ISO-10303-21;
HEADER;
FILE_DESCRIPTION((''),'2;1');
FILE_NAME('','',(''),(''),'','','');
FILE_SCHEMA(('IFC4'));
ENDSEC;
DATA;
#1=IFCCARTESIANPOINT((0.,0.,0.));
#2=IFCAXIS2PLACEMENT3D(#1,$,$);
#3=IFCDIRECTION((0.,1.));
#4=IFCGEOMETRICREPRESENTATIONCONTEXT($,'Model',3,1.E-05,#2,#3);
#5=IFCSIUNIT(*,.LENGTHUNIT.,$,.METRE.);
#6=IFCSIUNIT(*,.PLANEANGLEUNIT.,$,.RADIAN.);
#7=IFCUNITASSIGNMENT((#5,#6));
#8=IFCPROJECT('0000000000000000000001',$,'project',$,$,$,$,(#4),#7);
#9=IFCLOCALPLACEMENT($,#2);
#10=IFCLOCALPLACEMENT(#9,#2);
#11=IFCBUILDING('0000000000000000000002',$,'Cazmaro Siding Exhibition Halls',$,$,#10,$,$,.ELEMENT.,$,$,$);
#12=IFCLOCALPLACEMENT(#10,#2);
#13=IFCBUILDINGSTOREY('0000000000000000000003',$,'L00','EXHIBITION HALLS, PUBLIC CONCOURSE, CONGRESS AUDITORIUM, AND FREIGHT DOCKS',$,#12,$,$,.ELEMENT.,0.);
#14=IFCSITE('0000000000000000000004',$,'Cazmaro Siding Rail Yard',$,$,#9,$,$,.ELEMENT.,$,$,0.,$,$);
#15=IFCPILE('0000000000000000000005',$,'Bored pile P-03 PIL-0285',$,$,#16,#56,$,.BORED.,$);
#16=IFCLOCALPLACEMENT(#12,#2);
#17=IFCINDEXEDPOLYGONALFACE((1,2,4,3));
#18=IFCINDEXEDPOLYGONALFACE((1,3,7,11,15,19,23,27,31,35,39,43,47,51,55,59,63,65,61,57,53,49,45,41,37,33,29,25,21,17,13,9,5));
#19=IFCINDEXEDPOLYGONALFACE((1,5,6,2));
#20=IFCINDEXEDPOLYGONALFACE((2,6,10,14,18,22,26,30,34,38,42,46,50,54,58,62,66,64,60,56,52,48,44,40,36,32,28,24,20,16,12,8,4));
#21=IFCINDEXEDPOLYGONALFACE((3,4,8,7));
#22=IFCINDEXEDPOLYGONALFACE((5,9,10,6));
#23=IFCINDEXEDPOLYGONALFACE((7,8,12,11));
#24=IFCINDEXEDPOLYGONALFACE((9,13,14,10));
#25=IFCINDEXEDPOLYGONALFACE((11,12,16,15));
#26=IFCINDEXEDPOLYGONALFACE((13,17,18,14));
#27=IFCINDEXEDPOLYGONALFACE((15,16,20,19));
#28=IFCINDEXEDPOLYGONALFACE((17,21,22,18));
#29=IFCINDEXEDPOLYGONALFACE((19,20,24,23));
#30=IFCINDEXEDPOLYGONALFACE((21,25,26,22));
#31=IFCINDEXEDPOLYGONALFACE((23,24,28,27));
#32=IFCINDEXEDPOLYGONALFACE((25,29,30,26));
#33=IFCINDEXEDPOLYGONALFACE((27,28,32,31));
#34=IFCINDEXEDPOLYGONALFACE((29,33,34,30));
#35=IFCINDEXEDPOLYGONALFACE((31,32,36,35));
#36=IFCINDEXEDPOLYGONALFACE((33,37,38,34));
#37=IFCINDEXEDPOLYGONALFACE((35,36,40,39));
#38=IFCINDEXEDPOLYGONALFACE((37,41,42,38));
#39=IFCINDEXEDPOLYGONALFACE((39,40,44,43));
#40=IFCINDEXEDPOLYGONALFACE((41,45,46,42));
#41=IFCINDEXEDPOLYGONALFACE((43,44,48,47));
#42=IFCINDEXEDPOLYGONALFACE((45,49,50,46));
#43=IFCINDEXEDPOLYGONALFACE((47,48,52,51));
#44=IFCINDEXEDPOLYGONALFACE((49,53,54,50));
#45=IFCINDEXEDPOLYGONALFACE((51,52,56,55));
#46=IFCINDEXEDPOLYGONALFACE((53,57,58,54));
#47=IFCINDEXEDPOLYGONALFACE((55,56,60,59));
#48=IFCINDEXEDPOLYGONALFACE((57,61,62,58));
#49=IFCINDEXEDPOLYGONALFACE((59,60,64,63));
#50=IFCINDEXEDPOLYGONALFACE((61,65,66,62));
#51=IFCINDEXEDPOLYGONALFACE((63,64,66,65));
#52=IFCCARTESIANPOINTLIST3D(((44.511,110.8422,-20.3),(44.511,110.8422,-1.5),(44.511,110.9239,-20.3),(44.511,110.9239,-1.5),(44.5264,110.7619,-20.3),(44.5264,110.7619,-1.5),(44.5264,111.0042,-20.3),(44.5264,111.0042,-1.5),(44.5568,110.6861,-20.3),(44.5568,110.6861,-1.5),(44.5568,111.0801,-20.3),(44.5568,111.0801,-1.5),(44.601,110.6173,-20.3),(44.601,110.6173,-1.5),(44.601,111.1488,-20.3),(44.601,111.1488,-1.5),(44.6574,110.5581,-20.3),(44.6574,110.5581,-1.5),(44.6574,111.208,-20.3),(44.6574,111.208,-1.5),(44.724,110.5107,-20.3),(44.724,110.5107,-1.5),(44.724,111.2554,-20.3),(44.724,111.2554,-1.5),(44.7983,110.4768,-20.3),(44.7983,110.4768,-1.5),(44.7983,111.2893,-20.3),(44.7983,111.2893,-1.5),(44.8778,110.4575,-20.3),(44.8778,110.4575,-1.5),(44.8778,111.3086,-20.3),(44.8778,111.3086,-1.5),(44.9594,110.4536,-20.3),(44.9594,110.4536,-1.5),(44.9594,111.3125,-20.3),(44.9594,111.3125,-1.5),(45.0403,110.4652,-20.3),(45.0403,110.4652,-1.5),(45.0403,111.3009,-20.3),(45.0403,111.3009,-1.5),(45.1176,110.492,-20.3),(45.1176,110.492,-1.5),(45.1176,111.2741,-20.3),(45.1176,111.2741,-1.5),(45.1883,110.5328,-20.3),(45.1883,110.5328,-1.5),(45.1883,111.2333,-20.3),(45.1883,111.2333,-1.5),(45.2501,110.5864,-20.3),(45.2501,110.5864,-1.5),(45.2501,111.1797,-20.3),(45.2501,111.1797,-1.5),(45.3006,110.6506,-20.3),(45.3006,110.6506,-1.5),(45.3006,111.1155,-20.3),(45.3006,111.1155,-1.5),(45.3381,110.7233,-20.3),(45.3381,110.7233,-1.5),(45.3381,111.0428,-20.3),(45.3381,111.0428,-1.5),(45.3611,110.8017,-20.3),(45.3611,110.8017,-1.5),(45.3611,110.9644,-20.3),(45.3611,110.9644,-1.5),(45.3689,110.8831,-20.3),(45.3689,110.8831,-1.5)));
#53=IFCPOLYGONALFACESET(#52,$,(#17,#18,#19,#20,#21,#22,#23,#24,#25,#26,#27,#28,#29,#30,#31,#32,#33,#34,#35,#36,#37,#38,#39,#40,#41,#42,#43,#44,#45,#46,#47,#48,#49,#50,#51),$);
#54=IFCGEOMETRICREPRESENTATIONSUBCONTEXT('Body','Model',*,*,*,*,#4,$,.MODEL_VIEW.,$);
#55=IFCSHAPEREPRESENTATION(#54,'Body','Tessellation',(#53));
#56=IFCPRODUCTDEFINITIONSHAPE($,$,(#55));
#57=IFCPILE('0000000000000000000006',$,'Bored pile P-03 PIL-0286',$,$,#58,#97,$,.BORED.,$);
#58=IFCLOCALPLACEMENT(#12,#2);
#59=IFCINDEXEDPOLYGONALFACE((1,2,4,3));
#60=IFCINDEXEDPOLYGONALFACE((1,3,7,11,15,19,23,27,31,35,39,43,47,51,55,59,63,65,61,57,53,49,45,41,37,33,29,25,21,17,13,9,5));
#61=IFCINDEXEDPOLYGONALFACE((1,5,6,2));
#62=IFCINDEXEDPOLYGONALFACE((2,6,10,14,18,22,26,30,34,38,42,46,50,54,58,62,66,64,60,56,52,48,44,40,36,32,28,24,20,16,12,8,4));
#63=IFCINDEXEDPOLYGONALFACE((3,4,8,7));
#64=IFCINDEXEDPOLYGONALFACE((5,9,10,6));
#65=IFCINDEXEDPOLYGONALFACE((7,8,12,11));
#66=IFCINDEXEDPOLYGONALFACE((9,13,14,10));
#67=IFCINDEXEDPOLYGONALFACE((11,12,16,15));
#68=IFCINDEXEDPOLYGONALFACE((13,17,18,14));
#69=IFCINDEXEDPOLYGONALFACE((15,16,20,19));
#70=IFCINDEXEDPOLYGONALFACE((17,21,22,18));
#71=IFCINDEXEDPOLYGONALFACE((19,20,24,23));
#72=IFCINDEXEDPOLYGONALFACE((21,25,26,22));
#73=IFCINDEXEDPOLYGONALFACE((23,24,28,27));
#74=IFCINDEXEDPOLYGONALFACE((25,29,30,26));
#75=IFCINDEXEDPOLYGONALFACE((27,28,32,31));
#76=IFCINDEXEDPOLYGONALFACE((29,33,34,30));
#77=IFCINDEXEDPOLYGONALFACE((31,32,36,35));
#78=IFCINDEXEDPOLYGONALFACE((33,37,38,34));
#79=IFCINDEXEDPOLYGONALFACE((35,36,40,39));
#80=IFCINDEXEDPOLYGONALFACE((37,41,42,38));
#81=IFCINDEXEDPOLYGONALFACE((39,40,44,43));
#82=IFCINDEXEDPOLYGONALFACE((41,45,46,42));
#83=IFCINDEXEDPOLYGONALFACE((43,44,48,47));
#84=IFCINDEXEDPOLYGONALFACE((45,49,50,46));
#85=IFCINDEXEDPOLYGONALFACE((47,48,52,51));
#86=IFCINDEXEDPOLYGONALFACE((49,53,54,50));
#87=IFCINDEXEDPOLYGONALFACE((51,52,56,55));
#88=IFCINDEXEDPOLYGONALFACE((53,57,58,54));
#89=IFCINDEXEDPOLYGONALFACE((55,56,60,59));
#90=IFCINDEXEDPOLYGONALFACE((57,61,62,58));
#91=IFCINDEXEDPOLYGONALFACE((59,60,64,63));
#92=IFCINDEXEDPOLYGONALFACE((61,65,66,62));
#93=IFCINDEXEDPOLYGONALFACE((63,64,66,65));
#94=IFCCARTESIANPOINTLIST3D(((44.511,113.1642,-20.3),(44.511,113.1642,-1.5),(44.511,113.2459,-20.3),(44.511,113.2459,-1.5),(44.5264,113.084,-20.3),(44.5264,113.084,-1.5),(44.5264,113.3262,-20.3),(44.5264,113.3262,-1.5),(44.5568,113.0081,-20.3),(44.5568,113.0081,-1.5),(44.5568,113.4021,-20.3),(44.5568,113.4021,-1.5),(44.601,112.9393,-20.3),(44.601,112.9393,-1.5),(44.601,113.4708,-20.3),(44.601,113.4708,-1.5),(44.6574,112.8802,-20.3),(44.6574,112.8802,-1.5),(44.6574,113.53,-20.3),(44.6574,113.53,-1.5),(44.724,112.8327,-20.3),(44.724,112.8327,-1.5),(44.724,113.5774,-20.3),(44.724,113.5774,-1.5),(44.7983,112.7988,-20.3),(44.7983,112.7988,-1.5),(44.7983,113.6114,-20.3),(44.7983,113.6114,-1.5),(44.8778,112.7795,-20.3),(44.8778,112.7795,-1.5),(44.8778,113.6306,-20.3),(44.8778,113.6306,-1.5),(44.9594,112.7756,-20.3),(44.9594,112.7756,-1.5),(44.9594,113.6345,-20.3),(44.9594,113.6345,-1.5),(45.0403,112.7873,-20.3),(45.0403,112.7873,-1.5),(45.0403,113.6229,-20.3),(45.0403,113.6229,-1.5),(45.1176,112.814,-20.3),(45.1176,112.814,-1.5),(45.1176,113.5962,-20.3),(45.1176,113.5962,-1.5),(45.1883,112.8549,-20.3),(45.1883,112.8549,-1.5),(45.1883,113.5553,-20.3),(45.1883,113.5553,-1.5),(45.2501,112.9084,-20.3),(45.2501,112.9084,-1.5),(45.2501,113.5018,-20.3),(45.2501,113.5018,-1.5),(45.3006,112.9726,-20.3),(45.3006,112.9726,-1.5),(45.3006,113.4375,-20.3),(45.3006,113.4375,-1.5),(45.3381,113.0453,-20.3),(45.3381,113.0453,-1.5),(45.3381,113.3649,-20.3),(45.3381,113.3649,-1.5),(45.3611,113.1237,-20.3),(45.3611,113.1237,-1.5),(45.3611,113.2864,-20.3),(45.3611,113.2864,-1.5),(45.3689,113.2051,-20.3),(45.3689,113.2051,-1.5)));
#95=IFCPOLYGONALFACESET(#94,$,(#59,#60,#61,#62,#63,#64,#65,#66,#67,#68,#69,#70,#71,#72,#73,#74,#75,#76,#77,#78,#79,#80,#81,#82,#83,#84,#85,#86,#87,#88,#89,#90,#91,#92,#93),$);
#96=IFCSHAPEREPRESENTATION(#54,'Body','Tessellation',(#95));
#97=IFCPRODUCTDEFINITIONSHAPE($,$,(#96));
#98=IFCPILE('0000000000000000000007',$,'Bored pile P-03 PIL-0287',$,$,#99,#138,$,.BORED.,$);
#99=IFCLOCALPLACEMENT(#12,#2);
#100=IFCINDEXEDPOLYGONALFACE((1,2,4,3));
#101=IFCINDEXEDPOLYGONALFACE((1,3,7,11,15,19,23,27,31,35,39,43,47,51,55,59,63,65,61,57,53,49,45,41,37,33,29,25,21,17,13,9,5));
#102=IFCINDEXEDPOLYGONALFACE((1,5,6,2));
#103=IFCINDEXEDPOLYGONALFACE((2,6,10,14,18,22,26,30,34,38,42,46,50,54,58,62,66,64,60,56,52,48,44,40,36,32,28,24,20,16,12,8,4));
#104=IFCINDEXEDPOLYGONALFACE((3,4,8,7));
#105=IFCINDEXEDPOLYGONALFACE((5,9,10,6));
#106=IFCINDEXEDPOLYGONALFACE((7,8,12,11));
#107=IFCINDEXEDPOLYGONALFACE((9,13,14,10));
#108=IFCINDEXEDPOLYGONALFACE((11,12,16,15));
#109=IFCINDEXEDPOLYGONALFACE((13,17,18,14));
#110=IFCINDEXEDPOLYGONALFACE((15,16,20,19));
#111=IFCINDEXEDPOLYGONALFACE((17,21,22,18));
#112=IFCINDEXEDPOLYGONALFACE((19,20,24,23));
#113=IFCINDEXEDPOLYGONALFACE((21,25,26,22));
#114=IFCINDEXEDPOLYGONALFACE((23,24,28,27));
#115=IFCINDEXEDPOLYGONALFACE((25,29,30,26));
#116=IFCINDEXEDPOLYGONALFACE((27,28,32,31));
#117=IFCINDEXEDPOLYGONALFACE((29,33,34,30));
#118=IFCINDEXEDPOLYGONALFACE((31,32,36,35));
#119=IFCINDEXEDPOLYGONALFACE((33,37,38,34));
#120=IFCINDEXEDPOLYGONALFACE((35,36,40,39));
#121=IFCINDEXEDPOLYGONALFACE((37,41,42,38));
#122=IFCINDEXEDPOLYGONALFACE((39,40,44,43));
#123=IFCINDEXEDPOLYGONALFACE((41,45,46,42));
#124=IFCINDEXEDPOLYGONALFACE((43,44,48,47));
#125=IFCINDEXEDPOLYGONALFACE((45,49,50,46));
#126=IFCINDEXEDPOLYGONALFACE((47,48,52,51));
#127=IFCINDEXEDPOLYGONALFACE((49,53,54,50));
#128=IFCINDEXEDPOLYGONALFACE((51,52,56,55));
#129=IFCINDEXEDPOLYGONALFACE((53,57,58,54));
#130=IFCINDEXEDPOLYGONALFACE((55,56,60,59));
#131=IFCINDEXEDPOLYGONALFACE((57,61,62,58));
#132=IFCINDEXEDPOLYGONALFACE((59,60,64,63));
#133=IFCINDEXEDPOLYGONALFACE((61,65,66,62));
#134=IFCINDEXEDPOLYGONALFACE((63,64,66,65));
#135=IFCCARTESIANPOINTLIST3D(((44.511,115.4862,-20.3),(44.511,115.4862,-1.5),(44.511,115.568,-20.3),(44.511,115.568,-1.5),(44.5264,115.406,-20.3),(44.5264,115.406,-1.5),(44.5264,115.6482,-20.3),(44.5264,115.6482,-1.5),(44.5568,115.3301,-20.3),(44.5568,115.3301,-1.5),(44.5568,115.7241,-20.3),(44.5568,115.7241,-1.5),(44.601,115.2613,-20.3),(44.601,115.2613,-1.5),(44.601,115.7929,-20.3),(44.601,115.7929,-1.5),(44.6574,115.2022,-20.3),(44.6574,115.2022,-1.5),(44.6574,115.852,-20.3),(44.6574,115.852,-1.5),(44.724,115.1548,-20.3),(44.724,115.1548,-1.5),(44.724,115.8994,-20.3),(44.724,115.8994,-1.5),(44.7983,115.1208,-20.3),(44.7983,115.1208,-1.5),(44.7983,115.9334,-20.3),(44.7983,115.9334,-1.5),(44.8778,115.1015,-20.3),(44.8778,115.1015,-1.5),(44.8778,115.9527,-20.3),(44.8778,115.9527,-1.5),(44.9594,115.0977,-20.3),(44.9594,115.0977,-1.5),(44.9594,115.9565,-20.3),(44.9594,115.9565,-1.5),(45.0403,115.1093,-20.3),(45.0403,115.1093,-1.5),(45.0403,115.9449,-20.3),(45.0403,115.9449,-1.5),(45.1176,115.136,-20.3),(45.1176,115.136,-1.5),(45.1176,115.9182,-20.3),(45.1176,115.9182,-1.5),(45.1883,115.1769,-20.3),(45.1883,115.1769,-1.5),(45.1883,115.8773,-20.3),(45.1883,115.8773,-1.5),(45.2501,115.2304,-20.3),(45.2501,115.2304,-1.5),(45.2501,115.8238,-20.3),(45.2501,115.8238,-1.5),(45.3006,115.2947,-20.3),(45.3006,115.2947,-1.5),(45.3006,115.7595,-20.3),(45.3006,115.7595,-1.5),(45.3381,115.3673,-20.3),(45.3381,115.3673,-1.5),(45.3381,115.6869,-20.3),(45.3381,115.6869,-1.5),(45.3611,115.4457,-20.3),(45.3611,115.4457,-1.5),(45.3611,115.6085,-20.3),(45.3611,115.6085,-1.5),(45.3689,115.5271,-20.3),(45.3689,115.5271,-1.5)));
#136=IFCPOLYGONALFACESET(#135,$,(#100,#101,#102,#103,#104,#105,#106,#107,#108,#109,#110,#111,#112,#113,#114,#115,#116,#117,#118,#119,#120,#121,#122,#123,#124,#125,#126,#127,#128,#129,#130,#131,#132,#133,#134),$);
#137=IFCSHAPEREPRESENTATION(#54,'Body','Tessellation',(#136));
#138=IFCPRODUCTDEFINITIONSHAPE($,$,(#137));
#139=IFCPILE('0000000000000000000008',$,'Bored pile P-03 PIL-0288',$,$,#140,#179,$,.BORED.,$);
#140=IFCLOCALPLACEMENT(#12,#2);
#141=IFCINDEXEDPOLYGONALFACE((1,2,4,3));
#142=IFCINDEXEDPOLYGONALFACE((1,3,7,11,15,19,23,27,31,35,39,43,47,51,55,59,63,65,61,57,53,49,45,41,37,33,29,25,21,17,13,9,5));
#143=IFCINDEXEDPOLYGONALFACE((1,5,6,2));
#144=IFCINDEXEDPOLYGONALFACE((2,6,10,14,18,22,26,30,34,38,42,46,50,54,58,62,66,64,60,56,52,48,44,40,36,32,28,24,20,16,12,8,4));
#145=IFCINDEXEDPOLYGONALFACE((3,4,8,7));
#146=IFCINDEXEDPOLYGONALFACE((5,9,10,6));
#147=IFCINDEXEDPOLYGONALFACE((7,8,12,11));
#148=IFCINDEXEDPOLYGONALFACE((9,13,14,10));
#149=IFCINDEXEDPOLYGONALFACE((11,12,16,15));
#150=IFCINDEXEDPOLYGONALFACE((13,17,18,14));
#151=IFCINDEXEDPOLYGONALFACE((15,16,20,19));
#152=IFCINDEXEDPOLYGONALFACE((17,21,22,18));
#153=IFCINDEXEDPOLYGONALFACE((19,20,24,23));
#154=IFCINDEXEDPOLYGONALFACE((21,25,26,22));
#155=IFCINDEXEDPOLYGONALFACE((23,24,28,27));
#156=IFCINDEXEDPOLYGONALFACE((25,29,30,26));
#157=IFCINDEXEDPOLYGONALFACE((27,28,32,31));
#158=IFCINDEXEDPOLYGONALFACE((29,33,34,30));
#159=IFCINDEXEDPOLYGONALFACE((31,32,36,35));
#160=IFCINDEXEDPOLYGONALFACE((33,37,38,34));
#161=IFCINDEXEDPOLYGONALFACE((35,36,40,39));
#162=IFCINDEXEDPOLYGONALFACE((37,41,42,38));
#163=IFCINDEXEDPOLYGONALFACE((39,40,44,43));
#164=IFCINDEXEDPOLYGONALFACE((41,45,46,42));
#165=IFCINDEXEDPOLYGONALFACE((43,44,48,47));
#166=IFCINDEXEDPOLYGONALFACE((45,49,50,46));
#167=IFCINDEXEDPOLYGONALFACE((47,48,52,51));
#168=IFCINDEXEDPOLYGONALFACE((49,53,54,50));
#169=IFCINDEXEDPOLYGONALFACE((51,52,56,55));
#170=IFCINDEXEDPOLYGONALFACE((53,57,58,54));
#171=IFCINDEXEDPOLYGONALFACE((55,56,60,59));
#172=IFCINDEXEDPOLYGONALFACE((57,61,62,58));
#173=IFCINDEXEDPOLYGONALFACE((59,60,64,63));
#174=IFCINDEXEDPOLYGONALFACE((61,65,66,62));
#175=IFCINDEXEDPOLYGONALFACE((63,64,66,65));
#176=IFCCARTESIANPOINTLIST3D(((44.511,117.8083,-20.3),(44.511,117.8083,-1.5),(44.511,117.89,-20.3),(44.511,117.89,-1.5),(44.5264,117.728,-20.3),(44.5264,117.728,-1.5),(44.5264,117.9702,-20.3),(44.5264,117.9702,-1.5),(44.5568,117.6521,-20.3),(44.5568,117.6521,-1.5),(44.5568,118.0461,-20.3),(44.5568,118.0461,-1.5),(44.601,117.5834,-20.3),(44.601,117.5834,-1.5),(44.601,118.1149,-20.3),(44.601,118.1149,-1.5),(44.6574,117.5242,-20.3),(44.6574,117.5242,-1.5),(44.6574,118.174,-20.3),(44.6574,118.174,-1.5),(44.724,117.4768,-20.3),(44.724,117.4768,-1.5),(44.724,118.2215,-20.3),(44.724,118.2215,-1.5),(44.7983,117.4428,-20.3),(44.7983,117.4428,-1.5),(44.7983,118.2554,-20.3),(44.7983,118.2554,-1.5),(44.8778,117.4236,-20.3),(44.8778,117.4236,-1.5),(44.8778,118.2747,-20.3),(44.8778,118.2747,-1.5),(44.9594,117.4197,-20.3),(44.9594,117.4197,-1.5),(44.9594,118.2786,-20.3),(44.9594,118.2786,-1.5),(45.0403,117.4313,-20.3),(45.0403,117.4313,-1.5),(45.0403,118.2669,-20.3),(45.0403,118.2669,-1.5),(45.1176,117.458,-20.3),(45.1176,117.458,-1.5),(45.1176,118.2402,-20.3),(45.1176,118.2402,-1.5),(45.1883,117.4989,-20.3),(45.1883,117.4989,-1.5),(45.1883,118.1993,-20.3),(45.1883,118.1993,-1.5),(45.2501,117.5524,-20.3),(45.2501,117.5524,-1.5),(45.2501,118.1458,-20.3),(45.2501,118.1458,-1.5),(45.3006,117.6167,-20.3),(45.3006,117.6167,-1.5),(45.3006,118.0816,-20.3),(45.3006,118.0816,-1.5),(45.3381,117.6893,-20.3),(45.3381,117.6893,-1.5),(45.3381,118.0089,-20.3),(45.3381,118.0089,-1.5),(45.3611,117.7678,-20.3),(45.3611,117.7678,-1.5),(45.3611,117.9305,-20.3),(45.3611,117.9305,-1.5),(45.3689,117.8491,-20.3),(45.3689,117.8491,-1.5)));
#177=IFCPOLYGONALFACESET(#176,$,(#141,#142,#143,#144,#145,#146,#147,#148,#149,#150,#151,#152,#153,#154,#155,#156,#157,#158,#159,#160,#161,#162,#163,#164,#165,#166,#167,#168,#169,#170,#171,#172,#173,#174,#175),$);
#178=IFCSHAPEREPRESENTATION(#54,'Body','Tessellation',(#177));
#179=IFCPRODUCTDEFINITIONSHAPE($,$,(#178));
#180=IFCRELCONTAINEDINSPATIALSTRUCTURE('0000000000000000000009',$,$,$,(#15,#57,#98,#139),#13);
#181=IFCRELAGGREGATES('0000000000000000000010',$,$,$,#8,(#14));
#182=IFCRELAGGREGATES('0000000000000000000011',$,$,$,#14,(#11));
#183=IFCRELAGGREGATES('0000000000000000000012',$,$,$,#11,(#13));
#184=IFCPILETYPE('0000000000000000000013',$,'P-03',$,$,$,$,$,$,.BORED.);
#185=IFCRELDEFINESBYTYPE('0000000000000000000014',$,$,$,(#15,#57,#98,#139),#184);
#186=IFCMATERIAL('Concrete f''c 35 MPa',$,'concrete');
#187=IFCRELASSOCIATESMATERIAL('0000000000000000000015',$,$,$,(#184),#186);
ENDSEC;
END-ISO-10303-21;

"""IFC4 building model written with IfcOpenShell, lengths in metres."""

from ifc_helpers import new_model, si_unit, direction, frame, origin, origin_2d, place, context, subcontext, project, spatial, circle, extrude, material, material_profile, profile_set, type_object, element, save


model = new_model("IFC4")

# Units and contexts
model_context = context("Model", 3, precision=1e-05, world=origin(), true_north=direction((0.0, 1.0)))
body_context = subcontext(model_context, "Body", "Model", "MODEL_VIEW")
ifc_project = project(units=[si_unit("LENGTHUNIT", "METRE"), si_unit("PLANEANGLEUNIT", "RADIAN")], contexts=[model_context])

# Site, building, storey
site_placement = place(None, origin())
site = spatial("IfcSite", under=ifc_project, at=site_placement, Name="Cazmaro Siding Rail Yard", CompositionType="ELEMENT", RefElevation=0.0)
building_placement = place(site_placement, origin())
building = spatial("IfcBuilding", under=site, at=building_placement, Name="Cazmaro Siding Exhibition Halls", CompositionType="ELEMENT")
storey_placement = place(building_placement, origin())
storey = spatial("IfcBuildingStorey", under=building, at=storey_placement, Name="L00", Description="EXHIBITION HALLS, PUBLIC CONCOURSE, CONGRESS AUDITORIUM, AND FREIGHT DOCKS", CompositionType="ELEMENT", Elevation=0.0)

# Piles
ifc_material_1 = material(Name="Concrete f'c 35 MPa", Category="concrete")
ifc_material_profile_1 = material_profile(ifc_material_1, circle(Radius=0.4299, at=origin_2d()), Name="CIDH-860")
ifc_profile_set_1 = profile_set([ifc_material_profile_1], Name="Concrete f'c 35 MPa")
pile_type_1 = type_object("IfcPileType", Name="P-03", PredefinedType="BORED", material=ifc_profile_set_1)
for number, where, z_axis, x_axis, name in (
    (1, (44.939, 110.8831, -1.5), (0.0, 0.0, -1.0), (1.0, 0.0, 0.0), "Bored pile P-03 PIL-0285"),
    (2, (44.939, 113.2051, -1.5), (0.0, 0.0, -1.0), (1.0, 0.0, 0.0), "Bored pile P-03 PIL-0286"),
    (3, (44.939, 115.5271, -1.5), (0.0, 0.0, -1.0), (1.0, 0.0, 0.0), "Bored pile P-03 PIL-0287"),
    (4, (44.939, 117.8491, -1.5), (0.0, 0.0, -1.0), (1.0, 0.0, 0.0), "Bored pile P-03 PIL-0288"),
):
    element("IfcPile", number, at=place(storey_placement, frame(where, z_axis=z_axis, x_axis=x_axis)), inside=storey, type_object=pile_type_1, Name=name, PredefinedType="BORED", context=body_context, shape_type="SweptSolid", body=[
        extrude(circle(Radius=0.4299, at=origin_2d()), origin(), (0.0, 0.0, 1.0), 18.8),
    ])

save(model, "model.ifc")
